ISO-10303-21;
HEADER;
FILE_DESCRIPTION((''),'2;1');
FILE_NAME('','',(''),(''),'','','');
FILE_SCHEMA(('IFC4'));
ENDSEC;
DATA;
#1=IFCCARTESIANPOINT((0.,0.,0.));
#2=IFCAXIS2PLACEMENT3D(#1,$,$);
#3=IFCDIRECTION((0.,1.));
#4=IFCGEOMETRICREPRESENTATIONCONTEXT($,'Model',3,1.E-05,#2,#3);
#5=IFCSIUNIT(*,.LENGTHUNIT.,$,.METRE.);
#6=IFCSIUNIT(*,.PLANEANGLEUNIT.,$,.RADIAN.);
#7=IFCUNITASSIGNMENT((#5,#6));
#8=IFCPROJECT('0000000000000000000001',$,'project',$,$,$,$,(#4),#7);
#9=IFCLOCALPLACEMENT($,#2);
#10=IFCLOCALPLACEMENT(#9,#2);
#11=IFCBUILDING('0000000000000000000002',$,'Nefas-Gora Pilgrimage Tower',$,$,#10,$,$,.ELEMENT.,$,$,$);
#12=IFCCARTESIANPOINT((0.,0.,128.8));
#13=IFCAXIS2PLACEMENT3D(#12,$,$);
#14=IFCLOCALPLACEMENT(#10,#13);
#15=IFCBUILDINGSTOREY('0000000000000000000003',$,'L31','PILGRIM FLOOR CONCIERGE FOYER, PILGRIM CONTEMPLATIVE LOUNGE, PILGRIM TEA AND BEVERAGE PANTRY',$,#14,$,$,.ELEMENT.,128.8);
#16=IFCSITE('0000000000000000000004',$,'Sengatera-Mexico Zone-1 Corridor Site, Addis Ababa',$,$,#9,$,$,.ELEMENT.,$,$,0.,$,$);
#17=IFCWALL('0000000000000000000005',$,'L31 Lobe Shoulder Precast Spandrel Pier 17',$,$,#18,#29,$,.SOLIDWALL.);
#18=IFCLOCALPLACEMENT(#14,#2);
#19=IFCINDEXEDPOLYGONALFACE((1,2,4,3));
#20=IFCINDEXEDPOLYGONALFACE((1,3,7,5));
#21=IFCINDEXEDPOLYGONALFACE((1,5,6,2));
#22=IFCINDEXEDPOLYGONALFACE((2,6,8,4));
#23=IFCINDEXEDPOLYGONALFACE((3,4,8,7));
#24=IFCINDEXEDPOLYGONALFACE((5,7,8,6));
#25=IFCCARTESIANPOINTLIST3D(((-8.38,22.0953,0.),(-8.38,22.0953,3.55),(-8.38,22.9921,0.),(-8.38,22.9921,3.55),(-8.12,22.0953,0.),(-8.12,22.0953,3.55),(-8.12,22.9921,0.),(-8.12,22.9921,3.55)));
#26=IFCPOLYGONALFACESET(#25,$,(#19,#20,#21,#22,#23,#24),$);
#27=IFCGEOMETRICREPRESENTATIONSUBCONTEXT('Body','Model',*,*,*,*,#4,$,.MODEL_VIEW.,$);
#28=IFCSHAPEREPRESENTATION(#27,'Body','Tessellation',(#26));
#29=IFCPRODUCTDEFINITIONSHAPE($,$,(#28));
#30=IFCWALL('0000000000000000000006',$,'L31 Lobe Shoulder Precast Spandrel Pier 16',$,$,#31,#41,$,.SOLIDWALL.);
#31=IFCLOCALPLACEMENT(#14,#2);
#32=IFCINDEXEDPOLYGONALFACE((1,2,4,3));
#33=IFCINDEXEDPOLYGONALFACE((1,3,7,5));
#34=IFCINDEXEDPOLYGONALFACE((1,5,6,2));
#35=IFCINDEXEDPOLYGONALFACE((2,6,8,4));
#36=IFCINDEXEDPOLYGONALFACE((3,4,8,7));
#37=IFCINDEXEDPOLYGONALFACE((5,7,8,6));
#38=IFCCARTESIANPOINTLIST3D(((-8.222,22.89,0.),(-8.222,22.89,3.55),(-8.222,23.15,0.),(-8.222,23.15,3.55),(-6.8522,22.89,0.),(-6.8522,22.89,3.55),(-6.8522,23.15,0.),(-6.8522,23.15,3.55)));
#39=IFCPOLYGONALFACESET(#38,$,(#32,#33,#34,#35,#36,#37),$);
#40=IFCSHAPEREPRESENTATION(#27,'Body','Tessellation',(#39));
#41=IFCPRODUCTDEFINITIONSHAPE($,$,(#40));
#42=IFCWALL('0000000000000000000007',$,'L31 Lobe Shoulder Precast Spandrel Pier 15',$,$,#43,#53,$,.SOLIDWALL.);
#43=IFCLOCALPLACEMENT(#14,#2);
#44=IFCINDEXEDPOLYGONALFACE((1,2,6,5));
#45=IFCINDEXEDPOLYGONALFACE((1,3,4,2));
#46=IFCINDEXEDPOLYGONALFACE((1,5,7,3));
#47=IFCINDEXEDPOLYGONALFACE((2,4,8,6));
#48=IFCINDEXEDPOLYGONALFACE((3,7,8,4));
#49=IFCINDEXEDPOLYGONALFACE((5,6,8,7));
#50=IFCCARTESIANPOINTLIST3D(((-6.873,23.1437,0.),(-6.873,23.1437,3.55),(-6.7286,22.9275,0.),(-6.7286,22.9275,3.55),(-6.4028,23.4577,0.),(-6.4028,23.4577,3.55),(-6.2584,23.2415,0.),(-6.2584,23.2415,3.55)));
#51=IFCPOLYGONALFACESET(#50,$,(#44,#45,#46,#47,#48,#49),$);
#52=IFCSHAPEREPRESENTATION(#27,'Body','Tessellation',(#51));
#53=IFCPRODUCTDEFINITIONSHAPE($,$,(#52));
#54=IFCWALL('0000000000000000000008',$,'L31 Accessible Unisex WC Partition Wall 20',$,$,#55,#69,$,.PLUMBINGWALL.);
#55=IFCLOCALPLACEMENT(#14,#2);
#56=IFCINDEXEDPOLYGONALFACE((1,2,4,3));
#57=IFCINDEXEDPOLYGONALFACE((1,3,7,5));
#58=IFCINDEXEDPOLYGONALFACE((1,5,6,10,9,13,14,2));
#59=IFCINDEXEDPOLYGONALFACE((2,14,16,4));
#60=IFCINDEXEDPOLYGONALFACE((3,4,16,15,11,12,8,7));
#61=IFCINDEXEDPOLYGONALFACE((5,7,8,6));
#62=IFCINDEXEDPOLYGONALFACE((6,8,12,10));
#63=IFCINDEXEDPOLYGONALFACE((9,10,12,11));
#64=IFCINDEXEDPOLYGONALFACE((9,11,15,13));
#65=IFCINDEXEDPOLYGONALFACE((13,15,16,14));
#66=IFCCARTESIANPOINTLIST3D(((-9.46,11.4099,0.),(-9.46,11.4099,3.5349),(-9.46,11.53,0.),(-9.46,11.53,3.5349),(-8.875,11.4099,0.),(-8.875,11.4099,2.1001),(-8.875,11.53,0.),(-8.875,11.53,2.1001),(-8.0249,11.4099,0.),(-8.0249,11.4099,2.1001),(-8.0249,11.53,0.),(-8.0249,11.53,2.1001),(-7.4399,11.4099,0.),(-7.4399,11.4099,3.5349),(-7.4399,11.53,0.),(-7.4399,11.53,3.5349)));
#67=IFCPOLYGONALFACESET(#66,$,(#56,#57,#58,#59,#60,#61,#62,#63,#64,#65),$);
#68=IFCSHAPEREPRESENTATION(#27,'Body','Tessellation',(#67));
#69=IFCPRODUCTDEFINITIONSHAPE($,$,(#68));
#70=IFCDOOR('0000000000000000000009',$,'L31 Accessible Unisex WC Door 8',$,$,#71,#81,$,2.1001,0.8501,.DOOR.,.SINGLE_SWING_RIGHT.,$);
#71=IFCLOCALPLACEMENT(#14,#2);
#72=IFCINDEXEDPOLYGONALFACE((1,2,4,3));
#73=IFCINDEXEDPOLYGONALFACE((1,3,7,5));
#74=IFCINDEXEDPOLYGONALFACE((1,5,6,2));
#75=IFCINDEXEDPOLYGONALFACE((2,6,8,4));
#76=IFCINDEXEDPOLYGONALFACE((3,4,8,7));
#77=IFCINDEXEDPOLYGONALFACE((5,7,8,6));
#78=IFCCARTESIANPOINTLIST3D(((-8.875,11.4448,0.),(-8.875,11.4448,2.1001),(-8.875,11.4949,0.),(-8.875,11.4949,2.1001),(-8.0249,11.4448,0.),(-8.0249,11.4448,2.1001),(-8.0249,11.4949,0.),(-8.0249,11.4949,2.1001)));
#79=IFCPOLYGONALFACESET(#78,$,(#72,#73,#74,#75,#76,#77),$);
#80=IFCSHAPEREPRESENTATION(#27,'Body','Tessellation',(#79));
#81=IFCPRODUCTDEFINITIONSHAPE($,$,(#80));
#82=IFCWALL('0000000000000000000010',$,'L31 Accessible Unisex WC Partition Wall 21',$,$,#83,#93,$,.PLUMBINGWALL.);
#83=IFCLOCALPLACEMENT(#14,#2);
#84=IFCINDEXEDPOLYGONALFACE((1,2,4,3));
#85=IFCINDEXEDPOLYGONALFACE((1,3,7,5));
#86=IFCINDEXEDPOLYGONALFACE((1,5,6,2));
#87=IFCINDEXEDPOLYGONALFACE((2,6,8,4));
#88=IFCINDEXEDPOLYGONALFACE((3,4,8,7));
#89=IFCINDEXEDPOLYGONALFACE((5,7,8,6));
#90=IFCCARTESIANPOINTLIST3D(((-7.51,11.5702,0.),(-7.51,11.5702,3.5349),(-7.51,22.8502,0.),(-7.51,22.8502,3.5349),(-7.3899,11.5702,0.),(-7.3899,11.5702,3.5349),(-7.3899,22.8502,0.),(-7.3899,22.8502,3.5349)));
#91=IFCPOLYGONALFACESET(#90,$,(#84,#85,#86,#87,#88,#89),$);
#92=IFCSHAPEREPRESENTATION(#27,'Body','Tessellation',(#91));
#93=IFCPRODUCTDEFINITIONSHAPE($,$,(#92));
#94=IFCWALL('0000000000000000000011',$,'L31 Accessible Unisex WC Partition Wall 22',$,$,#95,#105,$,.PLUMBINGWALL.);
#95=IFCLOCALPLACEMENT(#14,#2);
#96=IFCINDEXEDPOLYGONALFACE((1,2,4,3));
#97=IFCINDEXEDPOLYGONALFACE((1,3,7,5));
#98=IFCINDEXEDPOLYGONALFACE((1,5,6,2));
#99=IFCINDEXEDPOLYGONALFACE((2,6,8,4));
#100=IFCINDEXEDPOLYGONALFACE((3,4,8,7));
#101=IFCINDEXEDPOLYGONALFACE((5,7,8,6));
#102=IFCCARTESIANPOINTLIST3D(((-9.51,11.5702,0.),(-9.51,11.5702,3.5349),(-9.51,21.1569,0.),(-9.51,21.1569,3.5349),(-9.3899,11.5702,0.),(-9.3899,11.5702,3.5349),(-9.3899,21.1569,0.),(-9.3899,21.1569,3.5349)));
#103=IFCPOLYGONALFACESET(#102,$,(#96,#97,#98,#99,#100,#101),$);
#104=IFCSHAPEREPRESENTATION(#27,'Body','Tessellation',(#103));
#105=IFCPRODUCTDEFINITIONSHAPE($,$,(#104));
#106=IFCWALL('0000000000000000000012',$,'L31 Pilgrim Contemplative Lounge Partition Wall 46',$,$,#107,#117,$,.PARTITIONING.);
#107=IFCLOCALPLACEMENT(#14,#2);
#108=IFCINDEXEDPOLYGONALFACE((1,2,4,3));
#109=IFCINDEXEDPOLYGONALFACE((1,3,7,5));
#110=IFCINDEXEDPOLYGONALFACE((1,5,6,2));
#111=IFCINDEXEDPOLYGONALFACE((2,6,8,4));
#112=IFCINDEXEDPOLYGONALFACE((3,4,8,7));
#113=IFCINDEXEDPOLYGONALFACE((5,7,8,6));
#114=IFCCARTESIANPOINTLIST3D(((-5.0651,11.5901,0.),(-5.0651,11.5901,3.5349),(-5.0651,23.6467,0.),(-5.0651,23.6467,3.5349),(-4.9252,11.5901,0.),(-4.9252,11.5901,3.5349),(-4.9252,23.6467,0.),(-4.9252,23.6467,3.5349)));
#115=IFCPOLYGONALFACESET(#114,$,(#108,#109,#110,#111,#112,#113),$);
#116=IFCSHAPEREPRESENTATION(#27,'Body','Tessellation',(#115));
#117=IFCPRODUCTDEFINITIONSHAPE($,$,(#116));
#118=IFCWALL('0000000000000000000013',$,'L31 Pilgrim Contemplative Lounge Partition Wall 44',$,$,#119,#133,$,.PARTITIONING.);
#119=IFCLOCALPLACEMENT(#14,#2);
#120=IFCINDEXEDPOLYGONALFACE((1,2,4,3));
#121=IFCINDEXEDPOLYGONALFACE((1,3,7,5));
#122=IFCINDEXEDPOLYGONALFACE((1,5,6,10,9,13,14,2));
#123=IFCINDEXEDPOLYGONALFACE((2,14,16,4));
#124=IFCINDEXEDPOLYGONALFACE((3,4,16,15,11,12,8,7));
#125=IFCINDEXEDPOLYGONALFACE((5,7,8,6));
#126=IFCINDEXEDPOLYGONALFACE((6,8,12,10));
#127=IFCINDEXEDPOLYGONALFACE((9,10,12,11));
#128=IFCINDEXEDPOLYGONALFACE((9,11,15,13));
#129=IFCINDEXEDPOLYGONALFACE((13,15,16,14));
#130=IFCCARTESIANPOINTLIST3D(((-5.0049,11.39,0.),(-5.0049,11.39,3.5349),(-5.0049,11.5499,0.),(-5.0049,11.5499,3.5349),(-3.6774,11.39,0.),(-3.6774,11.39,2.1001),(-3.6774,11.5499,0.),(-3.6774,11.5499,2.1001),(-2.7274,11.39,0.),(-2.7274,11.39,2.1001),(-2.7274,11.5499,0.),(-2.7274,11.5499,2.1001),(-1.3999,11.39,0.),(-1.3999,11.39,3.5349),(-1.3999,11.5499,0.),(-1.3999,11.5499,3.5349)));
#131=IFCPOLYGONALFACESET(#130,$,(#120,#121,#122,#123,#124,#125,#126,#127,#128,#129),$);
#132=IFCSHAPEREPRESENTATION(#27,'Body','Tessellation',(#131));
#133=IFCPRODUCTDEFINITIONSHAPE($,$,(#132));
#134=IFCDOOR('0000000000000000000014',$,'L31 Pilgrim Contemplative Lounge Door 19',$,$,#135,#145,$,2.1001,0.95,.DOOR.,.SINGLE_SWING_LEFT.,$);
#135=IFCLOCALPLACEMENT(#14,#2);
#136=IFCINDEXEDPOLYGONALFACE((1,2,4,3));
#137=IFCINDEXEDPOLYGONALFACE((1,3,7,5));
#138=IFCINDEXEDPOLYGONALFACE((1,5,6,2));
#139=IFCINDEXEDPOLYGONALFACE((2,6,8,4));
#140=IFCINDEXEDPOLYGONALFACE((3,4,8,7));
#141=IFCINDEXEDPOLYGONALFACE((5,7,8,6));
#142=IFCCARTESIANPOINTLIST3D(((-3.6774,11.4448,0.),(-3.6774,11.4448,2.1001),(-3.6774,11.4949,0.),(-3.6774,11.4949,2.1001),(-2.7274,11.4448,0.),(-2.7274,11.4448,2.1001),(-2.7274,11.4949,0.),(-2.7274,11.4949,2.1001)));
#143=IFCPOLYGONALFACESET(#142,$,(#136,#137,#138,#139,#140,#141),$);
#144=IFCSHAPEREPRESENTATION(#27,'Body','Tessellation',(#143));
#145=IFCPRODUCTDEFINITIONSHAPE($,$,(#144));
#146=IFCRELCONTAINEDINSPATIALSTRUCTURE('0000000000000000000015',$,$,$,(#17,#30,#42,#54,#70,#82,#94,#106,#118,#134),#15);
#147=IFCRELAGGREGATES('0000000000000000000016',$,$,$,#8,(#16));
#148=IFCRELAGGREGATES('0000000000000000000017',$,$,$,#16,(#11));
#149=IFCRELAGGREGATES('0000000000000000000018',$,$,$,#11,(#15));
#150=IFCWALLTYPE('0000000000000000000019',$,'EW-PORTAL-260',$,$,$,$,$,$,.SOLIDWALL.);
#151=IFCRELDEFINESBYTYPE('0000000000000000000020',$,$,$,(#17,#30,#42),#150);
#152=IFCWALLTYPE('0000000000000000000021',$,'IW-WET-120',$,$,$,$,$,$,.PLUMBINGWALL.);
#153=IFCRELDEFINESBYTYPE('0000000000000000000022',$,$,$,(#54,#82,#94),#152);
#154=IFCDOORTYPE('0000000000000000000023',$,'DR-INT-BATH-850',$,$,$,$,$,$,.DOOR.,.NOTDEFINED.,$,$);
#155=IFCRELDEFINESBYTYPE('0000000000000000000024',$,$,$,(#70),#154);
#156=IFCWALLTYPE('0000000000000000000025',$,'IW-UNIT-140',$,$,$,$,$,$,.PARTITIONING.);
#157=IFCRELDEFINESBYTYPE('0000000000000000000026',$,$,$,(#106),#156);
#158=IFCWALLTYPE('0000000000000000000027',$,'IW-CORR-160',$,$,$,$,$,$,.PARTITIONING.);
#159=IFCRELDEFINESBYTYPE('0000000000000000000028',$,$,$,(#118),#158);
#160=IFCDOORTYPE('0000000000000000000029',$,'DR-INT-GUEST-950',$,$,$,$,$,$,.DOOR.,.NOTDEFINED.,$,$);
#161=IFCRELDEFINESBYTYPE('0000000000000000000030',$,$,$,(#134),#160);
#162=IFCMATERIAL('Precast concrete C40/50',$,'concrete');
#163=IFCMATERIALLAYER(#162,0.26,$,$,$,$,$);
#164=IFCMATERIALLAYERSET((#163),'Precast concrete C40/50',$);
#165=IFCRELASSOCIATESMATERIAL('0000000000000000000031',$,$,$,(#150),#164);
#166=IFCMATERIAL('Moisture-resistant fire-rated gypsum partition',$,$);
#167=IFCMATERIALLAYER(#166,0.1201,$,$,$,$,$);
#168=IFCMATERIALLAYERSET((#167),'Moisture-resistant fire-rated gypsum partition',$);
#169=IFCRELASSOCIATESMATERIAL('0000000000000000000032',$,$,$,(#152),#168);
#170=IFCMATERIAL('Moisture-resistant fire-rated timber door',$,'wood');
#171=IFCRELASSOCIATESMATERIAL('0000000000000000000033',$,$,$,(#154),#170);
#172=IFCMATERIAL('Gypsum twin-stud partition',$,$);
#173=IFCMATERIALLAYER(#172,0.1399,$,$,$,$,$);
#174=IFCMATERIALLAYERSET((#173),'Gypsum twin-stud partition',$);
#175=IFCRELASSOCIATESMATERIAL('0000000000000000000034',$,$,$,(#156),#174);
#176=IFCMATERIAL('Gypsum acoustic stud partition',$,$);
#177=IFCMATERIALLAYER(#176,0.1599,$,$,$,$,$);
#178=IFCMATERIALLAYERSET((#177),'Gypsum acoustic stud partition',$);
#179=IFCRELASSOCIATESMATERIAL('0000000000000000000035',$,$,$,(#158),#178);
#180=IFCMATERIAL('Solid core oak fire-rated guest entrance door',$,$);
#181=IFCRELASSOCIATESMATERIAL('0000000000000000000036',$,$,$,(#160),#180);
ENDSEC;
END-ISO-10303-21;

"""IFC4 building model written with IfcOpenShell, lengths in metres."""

from ifc_helpers import new_model, si_unit, direction, frame, frame_2d, origin, place, context, subcontext, project, spatial, rectangle, extrude, source, transform, mapped, material, layer, layer_set, type_object, element, fill, save


model = new_model("IFC4")

# Units and contexts
model_context = context("Model", 3, precision=1e-05, world=origin(), true_north=direction((0.0, 1.0)))
body_context = subcontext(model_context, "Body", "Model", "MODEL_VIEW")
ifc_project = project(units=[si_unit("LENGTHUNIT", "METRE"), si_unit("PLANEANGLEUNIT", "RADIAN")], contexts=[model_context])

# Site, building, storey
site_placement = place(None, origin())
site = spatial("IfcSite", under=ifc_project, at=site_placement, Name="Sengatera-Mexico Zone-1 Corridor Site, Addis Ababa", CompositionType="ELEMENT", RefElevation=0.0)
building_placement = place(site_placement, origin())
building = spatial("IfcBuilding", under=site, at=building_placement, Name="Nefas-Gora Pilgrimage Tower", CompositionType="ELEMENT")
storey_placement = place(building_placement, frame((0.0, 0.0, 128.8)))
storey = spatial("IfcBuildingStorey", under=building, at=storey_placement, Name="L31", Description="PILGRIM FLOOR CONCIERGE FOYER, PILGRIM CONTEMPLATIVE LOUNGE, PILGRIM TEA AND BEVERAGE PANTRY", CompositionType="ELEMENT", Elevation=128.8)

# Walls
ifc_material_1 = material(Name="Precast concrete C40/50", Category="concrete")
ifc_layer_1 = layer(ifc_material_1, 0.26)
ifc_layer_set_1 = layer_set([ifc_layer_1], Name="Precast concrete C40/50")
wall_type_1 = type_object("IfcWallType", Name="EW-PORTAL-260", PredefinedType="SOLIDWALL", material=ifc_layer_set_1)
shared_shape_1 = source(origin(), body_context, "Body", "SweptSolid", [
    extrude(rectangle(XDim=0.8967, YDim=0.26, at=frame_2d((0.4482, 0.0))), origin(), (0.0, 0.0, 1.0), 3.55),
])
wall_1_placement = place(storey_placement, frame((-8.25, 22.9919, 0.0), z_axis=(0.0, 0.0, 1.0), x_axis=(0.0, -1.0, 0.0)))
element("IfcWall", 1, at=wall_1_placement, inside=storey, type_object=wall_type_1, Name="L31 Lobe Shoulder Precast Spandrel Pier 17", PredefinedType="SOLIDWALL", context=body_context, shape_type="MappedRepresentation", body=[
    mapped(shared_shape_1, transform((0.0, 0.0, 0.0), x_axis=(1.0, 0.0, 0.0), y_axis=(0.0, 1.0, 0.0), z_axis=(0.0, 0.0, 1.0), scale=1.0)),
])
shared_shape_2 = source(origin(), body_context, "Body", "SweptSolid", [
    extrude(rectangle(XDim=1.3699, YDim=0.26, at=frame_2d((0.6851, 0.0))), origin(), (0.0, 0.0, 1.0), 3.55),
])
wall_2_placement = place(storey_placement, frame((-6.8521, 23.02, 0.0), z_axis=(0.0, 0.0, 1.0), x_axis=(-1.0, 0.0, 0.0)))
element("IfcWall", 2, at=wall_2_placement, inside=storey, type_object=wall_type_1, Name="L31 Lobe Shoulder Precast Spandrel Pier 16", PredefinedType="SOLIDWALL", context=body_context, shape_type="MappedRepresentation", body=[
    mapped(shared_shape_2, transform((0.0, 0.0, 0.0), x_axis=(1.0, 0.0, 0.0), y_axis=(0.0, 1.0, 0.0), z_axis=(0.0, 0.0, 1.0), scale=1.0)),
])
shared_shape_3 = source(origin(), body_context, "Body", "SweptSolid", [
    extrude(rectangle(XDim=0.5654, YDim=0.26, at=frame_2d((0.2827, 0.0))), origin(), (0.0, 0.0, 1.0), 3.55),
])
wall_3_placement = place(storey_placement, frame((-6.3306, 23.3496, 0.0), z_axis=(0.0, 0.0, 1.0), x_axis=(-0.831651, -0.555298, 0.0)))
element("IfcWall", 3, at=wall_3_placement, inside=storey, type_object=wall_type_1, Name="L31 Lobe Shoulder Precast Spandrel Pier 15", PredefinedType="SOLIDWALL", context=body_context, shape_type="MappedRepresentation", body=[
    mapped(shared_shape_3, transform((0.0, 0.0, 0.0), x_axis=(1.0, 0.0, 0.0), y_axis=(0.0, 1.0, 0.0), z_axis=(0.0, 0.0, 1.0), scale=1.0)),
])

# Wall, opening, door
ifc_material_2 = material(Name="Moisture-resistant fire-rated gypsum partition")
ifc_layer_2 = layer(ifc_material_2, 0.1201)
ifc_layer_set_2 = layer_set([ifc_layer_2], Name="Moisture-resistant fire-rated gypsum partition")
wall_type_2 = type_object("IfcWallType", Name="IW-WET-120", PredefinedType="PLUMBINGWALL", material=ifc_layer_set_2)
shared_shape_4 = source(origin(), body_context, "Body", "SweptSolid", [
    extrude(rectangle(XDim=2.02, YDim=0.1201, at=frame_2d((1.01, 0.0))), origin(), (0.0, 0.0, 1.0), 3.5349),
])
wall_4_placement = place(storey_placement, frame((-9.46, 11.47, 0.0), z_axis=(0.0, 0.0, 1.0), x_axis=(1.0, 0.0, 0.0)))
wall_4 = element("IfcWall", 4, at=wall_4_placement, inside=storey, type_object=wall_type_2, Name="L31 Accessible Unisex WC Partition Wall 20", PredefinedType="PLUMBINGWALL", context=body_context, shape_type="MappedRepresentation", body=[
    mapped(shared_shape_4, transform((0.0, 0.0, 0.0), x_axis=(1.0, 0.0, 0.0), y_axis=(0.0, 1.0, 0.0), z_axis=(0.0, 0.0, 1.0), scale=1.0)),
])
opening_1_placement = place(wall_4_placement, frame((0.585, 0.0, 0.0)))
opening_1 = element("IfcOpeningElement", 5, at=opening_1_placement, cuts=wall_4, PredefinedType="OPENING", context=body_context, shape_type="SweptSolid", body=[
    extrude(rectangle(XDim=0.8501, YDim=2.1001, at=frame_2d((0.425, 1.05))), frame((0.0, 0.0701, 0.0), z_axis=(0.0, -1.0, 0.0), x_axis=(1.0, 0.0, 0.0)), (0.0, 0.0, 1.0), 0.1401),
])
ifc_material_3 = material(Name="Moisture-resistant fire-rated timber door", Category="wood")
door_type_1 = type_object("IfcDoorType", Name="DR-INT-BATH-850", OperationType="NOTDEFINED", PredefinedType="DOOR", material=ifc_material_3)
shared_shape_5 = source(origin(), body_context, "Body", "SweptSolid", [
    extrude(rectangle(XDim=0.8501, YDim=2.1001, at=frame_2d((0.425, 1.05))), frame((0.0, 0.0249, 0.0), z_axis=(0.0, -1.0, 0.0), x_axis=(1.0, 0.0, 0.0)), (0.0, 0.0, 1.0), 0.05),
])
door_1_placement = place(opening_1_placement, origin())
door_1 = element("IfcDoor", 6, at=door_1_placement, inside=storey, type_object=door_type_1, Name="L31 Accessible Unisex WC Door 8", OperationType="SINGLE_SWING_RIGHT", OverallHeight=2.1001, OverallWidth=0.8501, PredefinedType="DOOR", context=body_context, shape_type="MappedRepresentation", body=[
    mapped(shared_shape_5, transform((0.0, 0.0, 0.0), x_axis=(1.0, 0.0, 0.0), y_axis=(0.0, 1.0, 0.0), z_axis=(0.0, 0.0, 1.0), scale=1.0)),
])
fill(opening_1, door_1)

# Walls
shared_shape_6 = source(origin(), body_context, "Body", "SweptSolid", [
    extrude(rectangle(XDim=11.28, YDim=0.1201, at=frame_2d((5.6401, 0.0))), origin(), (0.0, 0.0, 1.0), 3.5349),
])
wall_5_placement = place(storey_placement, frame((-7.45, 11.5701, 0.0), z_axis=(0.0, 0.0, 1.0), x_axis=(0.0, 1.0, 0.0)))
element("IfcWall", 7, at=wall_5_placement, inside=storey, type_object=wall_type_2, Name="L31 Accessible Unisex WC Partition Wall 21", PredefinedType="PLUMBINGWALL", context=body_context, shape_type="MappedRepresentation", body=[
    mapped(shared_shape_6, transform((0.0, 0.0, 0.0), x_axis=(1.0, 0.0, 0.0), y_axis=(0.0, 1.0, 0.0), z_axis=(0.0, 0.0, 1.0), scale=1.0)),
])
shared_shape_7 = source(origin(), body_context, "Body", "SweptSolid", [
    extrude(rectangle(XDim=9.5867, YDim=0.1201, at=frame_2d((4.7935, 0.0))), origin(), (0.0, 0.0, 1.0), 3.5349),
])
wall_6_placement = place(storey_placement, frame((-9.45, 11.5701, 0.0), z_axis=(0.0, 0.0, 1.0), x_axis=(0.0, 1.0, 0.0)))
element("IfcWall", 8, at=wall_6_placement, inside=storey, type_object=wall_type_2, Name="L31 Accessible Unisex WC Partition Wall 22", PredefinedType="PLUMBINGWALL", context=body_context, shape_type="MappedRepresentation", body=[
    mapped(shared_shape_7, transform((0.0, 0.0, 0.0), x_axis=(1.0, 0.0, 0.0), y_axis=(0.0, 1.0, 0.0), z_axis=(0.0, 0.0, 1.0), scale=1.0)),
])
ifc_material_4 = material(Name="Gypsum twin-stud partition")
ifc_layer_3 = layer(ifc_material_4, 0.1399)
ifc_layer_set_3 = layer_set([ifc_layer_3], Name="Gypsum twin-stud partition")
wall_type_3 = type_object("IfcWallType", Name="IW-UNIT-140", PredefinedType="PARTITIONING", material=ifc_layer_set_3)
shared_shape_8 = source(origin(), body_context, "Body", "SweptSolid", [
    extrude(rectangle(XDim=12.0566, YDim=0.1399, at=frame_2d((6.0283, 0.0))), origin(), (0.0, 0.0, 1.0), 3.5349),
])
wall_7_placement = place(storey_placement, frame((-4.9951, 11.5901, 0.0), z_axis=(0.0, 0.0, 1.0), x_axis=(0.0, 1.0, 0.0)))
element("IfcWall", 9, at=wall_7_placement, inside=storey, type_object=wall_type_3, Name="L31 Pilgrim Contemplative Lounge Partition Wall 46", PredefinedType="PARTITIONING", context=body_context, shape_type="MappedRepresentation", body=[
    mapped(shared_shape_8, transform((0.0, 0.0, 0.0), x_axis=(1.0, 0.0, 0.0), y_axis=(0.0, 1.0, 0.0), z_axis=(0.0, 0.0, 1.0), scale=1.0)),
])

# Wall, opening, door
ifc_material_5 = material(Name="Gypsum acoustic stud partition")
ifc_layer_4 = layer(ifc_material_5, 0.1599)
ifc_layer_set_4 = layer_set([ifc_layer_4], Name="Gypsum acoustic stud partition")
wall_type_4 = type_object("IfcWallType", Name="IW-CORR-160", PredefinedType="PARTITIONING", material=ifc_layer_set_4)
shared_shape_9 = source(origin(), body_context, "Body", "SweptSolid", [
    extrude(rectangle(XDim=3.605, YDim=0.1599, at=frame_2d((1.8025, 0.0))), origin(), (0.0, 0.0, 1.0), 3.5349),
])
wall_8_placement = place(storey_placement, frame((-5.0049, 11.47, 0.0), z_axis=(0.0, 0.0, 1.0), x_axis=(1.0, 0.0, 0.0)))
wall_8 = element("IfcWall", 10, at=wall_8_placement, inside=storey, type_object=wall_type_4, Name="L31 Pilgrim Contemplative Lounge Partition Wall 44", PredefinedType="PARTITIONING", context=body_context, shape_type="MappedRepresentation", body=[
    mapped(shared_shape_9, transform((0.0, 0.0, 0.0), x_axis=(1.0, 0.0, 0.0), y_axis=(0.0, 1.0, 0.0), z_axis=(0.0, 0.0, 1.0), scale=1.0)),
])
opening_2_placement = place(wall_8_placement, frame((1.3274, 0.0, 0.0)))
opening_2 = element("IfcOpeningElement", 11, at=opening_2_placement, cuts=wall_8, PredefinedType="OPENING", context=body_context, shape_type="SweptSolid", body=[
    extrude(rectangle(XDim=0.95, YDim=2.1001, at=frame_2d((0.4751, 1.05))), frame((0.0, 0.0898, 0.0), z_axis=(0.0, -1.0, 0.0), x_axis=(1.0, 0.0, 0.0)), (0.0, 0.0, 1.0), 0.1799),
])
ifc_material_6 = material(Name="Solid core oak fire-rated guest entrance door")
door_type_2 = type_object("IfcDoorType", Name="DR-INT-GUEST-950", OperationType="NOTDEFINED", PredefinedType="DOOR", material=ifc_material_6)
shared_shape_10 = source(origin(), body_context, "Body", "SweptSolid", [
    extrude(rectangle(XDim=0.95, YDim=2.1001, at=frame_2d((0.4751, 1.05))), frame((0.0, 0.0249, 0.0), z_axis=(0.0, -1.0, 0.0), x_axis=(1.0, 0.0, 0.0)), (0.0, 0.0, 1.0), 0.05),
])
door_2_placement = place(opening_2_placement, origin())
door_2 = element("IfcDoor", 12, at=door_2_placement, inside=storey, type_object=door_type_2, Name="L31 Pilgrim Contemplative Lounge Door 19", OperationType="SINGLE_SWING_LEFT", OverallHeight=2.1001, OverallWidth=0.95, PredefinedType="DOOR", context=body_context, shape_type="MappedRepresentation", body=[
    mapped(shared_shape_10, transform((0.0, 0.0, 0.0), x_axis=(1.0, 0.0, 0.0), y_axis=(0.0, 1.0, 0.0), z_axis=(0.0, 0.0, 1.0), scale=1.0)),
])
fill(opening_2, door_2)

save(model, "model.ifc")
